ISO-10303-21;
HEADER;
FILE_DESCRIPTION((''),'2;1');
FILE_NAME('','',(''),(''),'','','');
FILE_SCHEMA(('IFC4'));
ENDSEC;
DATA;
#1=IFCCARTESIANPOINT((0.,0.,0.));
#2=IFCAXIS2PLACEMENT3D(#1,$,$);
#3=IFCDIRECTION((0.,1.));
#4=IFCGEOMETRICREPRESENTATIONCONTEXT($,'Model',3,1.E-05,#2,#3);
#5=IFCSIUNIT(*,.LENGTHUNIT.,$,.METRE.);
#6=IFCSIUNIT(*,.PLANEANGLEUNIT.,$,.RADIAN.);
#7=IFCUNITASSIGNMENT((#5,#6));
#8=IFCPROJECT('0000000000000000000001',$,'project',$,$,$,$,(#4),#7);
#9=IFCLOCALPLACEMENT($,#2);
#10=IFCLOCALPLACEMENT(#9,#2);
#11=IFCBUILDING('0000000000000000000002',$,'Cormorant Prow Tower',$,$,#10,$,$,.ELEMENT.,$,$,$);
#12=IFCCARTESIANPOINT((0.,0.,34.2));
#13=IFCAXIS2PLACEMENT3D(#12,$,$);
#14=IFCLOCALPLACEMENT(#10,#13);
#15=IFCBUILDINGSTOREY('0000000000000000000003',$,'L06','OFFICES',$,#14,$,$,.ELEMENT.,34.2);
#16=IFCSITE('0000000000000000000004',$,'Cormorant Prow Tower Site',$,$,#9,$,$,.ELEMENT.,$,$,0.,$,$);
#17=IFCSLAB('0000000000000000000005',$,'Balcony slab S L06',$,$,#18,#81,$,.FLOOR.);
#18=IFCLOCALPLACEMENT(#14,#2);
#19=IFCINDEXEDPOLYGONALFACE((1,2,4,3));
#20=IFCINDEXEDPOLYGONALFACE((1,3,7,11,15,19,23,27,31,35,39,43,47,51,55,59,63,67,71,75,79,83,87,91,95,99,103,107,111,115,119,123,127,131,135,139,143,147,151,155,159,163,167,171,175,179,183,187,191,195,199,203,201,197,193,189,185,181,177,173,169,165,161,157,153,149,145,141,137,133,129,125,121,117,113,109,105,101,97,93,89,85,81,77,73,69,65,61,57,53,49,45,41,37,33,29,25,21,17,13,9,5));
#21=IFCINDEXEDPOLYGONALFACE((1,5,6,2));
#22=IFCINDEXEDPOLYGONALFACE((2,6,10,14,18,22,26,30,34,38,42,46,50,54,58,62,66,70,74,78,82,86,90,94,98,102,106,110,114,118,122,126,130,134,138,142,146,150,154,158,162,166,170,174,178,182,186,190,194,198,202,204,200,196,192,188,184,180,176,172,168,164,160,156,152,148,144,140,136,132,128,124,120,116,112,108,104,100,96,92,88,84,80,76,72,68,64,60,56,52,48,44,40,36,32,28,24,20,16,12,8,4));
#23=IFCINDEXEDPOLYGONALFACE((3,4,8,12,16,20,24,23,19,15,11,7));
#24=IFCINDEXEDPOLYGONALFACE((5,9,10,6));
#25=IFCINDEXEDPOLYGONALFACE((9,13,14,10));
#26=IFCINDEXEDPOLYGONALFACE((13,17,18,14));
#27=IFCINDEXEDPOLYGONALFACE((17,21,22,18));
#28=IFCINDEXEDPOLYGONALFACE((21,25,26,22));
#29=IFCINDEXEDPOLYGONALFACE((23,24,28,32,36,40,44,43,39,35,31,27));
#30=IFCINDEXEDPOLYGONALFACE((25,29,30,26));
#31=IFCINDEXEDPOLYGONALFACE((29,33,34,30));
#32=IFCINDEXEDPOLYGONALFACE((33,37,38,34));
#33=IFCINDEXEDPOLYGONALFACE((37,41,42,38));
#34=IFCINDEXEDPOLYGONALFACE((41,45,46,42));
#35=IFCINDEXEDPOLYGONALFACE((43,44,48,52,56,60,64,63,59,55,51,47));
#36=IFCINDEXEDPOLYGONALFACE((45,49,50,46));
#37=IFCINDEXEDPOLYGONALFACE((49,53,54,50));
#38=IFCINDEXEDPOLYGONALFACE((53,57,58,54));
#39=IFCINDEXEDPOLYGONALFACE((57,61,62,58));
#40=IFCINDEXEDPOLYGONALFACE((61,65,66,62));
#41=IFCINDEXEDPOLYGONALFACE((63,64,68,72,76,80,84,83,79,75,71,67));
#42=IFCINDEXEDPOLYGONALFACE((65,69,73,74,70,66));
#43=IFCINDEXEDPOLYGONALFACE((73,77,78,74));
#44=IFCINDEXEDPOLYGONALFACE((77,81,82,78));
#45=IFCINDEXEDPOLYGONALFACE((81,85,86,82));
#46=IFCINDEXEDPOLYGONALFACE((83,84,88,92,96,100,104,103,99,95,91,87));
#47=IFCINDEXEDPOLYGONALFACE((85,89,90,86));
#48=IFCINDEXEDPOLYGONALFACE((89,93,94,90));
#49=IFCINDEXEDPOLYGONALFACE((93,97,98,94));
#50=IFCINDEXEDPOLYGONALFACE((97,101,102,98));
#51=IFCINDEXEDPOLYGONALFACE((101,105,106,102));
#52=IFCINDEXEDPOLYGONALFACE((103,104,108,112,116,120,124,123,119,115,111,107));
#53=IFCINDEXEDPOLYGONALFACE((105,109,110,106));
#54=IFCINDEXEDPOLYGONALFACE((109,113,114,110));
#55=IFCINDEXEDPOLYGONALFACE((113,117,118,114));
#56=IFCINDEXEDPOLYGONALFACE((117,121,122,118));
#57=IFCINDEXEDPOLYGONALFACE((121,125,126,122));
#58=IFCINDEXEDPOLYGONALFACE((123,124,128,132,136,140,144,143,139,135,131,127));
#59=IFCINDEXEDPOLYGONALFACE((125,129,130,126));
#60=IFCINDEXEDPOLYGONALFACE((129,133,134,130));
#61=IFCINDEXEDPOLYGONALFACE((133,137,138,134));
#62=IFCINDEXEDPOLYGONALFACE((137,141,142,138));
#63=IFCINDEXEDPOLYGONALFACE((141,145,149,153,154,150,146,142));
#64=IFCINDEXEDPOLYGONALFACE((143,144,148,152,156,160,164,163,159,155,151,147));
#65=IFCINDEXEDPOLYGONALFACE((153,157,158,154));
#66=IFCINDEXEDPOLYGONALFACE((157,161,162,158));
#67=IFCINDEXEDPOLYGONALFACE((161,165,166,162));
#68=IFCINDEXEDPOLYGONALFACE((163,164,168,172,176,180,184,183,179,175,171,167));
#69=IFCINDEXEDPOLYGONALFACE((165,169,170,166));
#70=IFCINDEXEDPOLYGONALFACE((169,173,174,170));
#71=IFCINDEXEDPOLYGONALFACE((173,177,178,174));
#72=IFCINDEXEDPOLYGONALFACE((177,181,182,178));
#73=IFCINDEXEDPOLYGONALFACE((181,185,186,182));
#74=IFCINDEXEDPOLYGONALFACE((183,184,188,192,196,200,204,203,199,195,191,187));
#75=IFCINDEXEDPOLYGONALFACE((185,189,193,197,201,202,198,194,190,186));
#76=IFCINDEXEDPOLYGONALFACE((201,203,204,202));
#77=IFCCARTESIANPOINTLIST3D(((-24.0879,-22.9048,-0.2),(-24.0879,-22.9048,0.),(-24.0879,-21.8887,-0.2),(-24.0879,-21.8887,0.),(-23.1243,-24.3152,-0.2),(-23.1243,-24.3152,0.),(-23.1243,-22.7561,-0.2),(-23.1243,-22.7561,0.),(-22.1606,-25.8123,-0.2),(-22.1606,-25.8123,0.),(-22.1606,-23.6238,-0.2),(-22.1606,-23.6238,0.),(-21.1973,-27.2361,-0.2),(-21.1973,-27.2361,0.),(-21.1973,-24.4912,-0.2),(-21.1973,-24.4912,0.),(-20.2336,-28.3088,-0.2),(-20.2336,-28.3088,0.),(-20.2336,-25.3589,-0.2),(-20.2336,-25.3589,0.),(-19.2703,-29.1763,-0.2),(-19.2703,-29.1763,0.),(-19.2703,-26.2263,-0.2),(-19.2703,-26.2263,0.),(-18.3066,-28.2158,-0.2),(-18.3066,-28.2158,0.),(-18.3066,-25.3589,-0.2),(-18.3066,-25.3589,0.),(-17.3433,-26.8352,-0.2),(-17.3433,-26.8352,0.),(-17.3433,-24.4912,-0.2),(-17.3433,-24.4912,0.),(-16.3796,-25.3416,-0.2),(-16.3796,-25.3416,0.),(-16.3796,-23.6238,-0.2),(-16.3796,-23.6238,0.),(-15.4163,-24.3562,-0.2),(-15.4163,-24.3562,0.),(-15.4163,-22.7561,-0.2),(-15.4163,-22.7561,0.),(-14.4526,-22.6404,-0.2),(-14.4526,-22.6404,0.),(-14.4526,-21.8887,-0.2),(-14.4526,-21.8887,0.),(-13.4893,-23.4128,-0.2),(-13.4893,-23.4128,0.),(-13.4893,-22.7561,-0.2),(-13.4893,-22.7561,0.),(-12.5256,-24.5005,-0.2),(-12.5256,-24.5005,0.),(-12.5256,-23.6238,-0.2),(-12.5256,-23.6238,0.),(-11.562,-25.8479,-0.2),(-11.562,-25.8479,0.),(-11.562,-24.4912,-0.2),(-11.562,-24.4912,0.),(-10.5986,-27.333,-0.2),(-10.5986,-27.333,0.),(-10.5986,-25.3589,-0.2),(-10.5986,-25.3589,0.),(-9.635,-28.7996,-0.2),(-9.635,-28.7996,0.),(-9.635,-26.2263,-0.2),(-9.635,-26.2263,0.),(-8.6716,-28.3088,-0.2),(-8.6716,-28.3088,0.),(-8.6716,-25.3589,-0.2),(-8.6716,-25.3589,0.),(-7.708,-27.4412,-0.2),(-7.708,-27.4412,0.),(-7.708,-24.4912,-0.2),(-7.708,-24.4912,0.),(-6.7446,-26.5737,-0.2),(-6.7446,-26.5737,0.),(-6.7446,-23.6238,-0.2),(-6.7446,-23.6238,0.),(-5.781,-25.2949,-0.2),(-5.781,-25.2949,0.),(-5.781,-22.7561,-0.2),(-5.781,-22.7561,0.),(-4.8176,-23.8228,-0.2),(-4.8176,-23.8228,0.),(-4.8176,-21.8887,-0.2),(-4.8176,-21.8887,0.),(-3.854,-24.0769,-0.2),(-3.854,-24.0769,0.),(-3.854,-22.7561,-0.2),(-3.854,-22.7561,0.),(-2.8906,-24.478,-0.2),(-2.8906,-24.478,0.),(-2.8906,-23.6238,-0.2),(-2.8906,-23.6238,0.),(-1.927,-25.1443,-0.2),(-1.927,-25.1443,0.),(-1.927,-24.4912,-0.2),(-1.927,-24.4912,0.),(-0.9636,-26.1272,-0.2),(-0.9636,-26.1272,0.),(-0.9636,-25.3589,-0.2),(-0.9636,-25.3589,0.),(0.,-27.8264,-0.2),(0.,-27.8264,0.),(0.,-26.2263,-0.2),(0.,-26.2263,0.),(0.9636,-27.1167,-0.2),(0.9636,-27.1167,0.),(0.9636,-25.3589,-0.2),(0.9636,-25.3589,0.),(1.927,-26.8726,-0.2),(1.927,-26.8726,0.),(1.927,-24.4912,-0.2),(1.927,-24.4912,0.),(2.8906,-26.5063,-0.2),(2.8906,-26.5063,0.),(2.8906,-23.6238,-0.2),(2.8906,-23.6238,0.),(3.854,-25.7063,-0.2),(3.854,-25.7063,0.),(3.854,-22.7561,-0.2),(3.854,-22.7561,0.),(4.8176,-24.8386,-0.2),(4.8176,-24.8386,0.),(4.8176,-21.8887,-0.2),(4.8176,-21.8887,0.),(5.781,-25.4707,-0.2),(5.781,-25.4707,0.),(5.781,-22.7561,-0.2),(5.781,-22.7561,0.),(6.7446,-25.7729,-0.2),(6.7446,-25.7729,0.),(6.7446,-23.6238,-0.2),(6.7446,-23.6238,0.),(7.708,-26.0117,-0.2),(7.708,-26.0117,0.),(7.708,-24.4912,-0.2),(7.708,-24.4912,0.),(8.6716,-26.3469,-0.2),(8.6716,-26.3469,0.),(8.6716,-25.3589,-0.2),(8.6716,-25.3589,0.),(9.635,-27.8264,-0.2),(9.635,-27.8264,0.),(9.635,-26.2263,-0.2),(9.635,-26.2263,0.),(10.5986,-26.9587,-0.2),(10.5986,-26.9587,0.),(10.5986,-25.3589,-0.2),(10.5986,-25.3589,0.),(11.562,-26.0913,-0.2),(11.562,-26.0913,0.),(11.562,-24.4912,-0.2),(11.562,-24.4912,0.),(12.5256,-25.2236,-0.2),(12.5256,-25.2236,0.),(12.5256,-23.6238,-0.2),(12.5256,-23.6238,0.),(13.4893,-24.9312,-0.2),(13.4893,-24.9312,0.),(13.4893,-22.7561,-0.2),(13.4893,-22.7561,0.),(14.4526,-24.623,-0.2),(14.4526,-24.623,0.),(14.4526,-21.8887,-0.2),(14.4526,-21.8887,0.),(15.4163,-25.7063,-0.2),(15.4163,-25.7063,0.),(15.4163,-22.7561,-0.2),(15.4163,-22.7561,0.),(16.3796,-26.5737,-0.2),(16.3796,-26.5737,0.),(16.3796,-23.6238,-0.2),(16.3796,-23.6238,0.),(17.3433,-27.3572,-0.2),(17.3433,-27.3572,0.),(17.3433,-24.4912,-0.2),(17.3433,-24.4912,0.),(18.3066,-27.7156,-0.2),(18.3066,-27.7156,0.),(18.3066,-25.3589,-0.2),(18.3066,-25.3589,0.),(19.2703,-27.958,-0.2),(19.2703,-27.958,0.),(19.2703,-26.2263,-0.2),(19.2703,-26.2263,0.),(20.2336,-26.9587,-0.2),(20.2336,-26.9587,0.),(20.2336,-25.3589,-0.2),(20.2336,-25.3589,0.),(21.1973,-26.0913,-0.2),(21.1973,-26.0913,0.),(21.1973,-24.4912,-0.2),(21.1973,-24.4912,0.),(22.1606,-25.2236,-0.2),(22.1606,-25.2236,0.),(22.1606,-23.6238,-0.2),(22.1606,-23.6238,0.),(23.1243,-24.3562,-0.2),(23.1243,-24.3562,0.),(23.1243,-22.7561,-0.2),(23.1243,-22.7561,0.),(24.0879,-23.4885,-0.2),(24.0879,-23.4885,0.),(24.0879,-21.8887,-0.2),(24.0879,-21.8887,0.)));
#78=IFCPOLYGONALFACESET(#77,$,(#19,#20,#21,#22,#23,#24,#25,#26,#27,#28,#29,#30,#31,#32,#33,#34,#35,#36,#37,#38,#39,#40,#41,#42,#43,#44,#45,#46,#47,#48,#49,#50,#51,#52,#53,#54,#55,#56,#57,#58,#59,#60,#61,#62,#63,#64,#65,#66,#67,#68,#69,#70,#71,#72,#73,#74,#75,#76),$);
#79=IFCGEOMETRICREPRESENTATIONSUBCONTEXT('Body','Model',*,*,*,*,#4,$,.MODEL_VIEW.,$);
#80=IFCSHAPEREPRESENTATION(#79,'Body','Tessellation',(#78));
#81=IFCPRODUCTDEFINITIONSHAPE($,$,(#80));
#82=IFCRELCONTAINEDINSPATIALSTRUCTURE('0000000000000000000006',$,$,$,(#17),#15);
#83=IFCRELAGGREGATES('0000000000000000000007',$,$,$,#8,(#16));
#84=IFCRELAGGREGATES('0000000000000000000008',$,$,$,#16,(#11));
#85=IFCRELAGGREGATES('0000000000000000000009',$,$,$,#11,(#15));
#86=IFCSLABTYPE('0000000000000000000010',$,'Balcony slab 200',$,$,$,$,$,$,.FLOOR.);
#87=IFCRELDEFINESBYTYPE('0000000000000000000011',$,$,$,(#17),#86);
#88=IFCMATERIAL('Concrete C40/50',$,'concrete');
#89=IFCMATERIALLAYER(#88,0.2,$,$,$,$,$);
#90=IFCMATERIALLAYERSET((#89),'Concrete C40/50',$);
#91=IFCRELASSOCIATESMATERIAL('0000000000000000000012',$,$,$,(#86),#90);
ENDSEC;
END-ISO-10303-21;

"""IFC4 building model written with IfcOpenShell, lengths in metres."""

from ifc_helpers import new_model, si_unit, direction, frame, origin, place, context, subcontext, project, spatial, polyline, outline, extrude, material, layer, layer_set, type_object, element, save


model = new_model("IFC4")

# Units and contexts
model_context = context("Model", 3, precision=1e-05, world=origin(), true_north=direction((0.0, 1.0)))
body_context = subcontext(model_context, "Body", "Model", "MODEL_VIEW")
ifc_project = project(units=[si_unit("LENGTHUNIT", "METRE"), si_unit("PLANEANGLEUNIT", "RADIAN")], contexts=[model_context])

# Site, building, storey
site_placement = place(None, origin())
site = spatial("IfcSite", under=ifc_project, at=site_placement, Name="Cormorant Prow Tower Site", CompositionType="ELEMENT", RefElevation=0.0)
building_placement = place(site_placement, origin())
building = spatial("IfcBuilding", under=site, at=building_placement, Name="Cormorant Prow Tower", CompositionType="ELEMENT")
storey_placement = place(building_placement, frame((0.0, 0.0, 34.2)))
storey = spatial("IfcBuildingStorey", under=building, at=storey_placement, Name="L06", Description="OFFICES", CompositionType="ELEMENT", Elevation=34.2)

# Slab
ifc_material_1 = material(Name="Concrete C40/50", Category="concrete")
ifc_layer_1 = layer(ifc_material_1, 0.2)
ifc_layer_set_1 = layer_set([ifc_layer_1], Name="Concrete C40/50")
slab_type_1 = type_object("IfcSlabType", Name="Balcony slab 200", PredefinedType="FLOOR", material=ifc_layer_set_1)
slab_1_placement = place(storey_placement, frame((0.0, 0.0, -0.2)))
element("IfcSlab", 1, at=slab_1_placement, inside=storey, type_object=slab_type_1, Name="Balcony slab S L06", PredefinedType="FLOOR", context=body_context, shape_type="SweptSolid", body=[
    extrude(outline(polyline([(-24.0879, -21.8887), (-24.0879, -22.9048), (-23.1243, -24.3152), (-22.1606, -25.8123), (-21.1973, -27.2361), (-20.2336, -28.3088), (-19.2703, -29.1763), (-18.3066, -28.2158), (-17.3433, -26.8352), (-16.3796, -25.3416), (-15.4163, -24.3562), (-14.4526, -22.6404), (-13.4893, -23.4128), (-12.5256, -24.5005), (-11.562, -25.8479), (-10.5986, -27.333), (-9.635, -28.7996), (-8.6716, -28.3088), (-7.708, -27.4412), (-6.7446, -26.5737), (-5.781, -25.2949), (-4.8176, -23.8228), (-3.854, -24.0769), (-2.8906, -24.478), (-1.927, -25.1443), (-0.9636, -26.1272), (0.0, -27.8264), (0.9636, -27.1167), (1.927, -26.8726), (2.8906, -26.5063), (3.854, -25.7063), (4.8176, -24.8386), (5.781, -25.4707), (6.7446, -25.7729), (7.708, -26.0117), (8.6716, -26.3469), (9.635, -27.8264), (10.5986, -26.9587), (11.562, -26.0913), (12.5256, -25.2236), (13.4893, -24.9312), (14.4526, -24.623), (15.4163, -25.7063), (16.3796, -26.5737), (17.3433, -27.3572), (18.3066, -27.7156), (19.2703, -27.958), (20.2336, -26.9587), (21.1973, -26.0913), (22.1606, -25.2236), (23.1243, -24.3562), (24.0879, -23.4885), (24.0879, -21.8887), (23.1243, -22.7561), (22.1606, -23.6238), (21.1973, -24.4912), (20.2336, -25.3589), (19.2703, -26.2263), (18.3066, -25.3589), (17.3433, -24.4912), (16.3796, -23.6238), (15.4163, -22.7561), (14.4526, -21.8887), (13.4893, -22.7561), (12.5256, -23.6238), (11.562, -24.4912), (10.5986, -25.3589), (9.635, -26.2263), (8.6716, -25.3589), (7.708, -24.4912), (6.7446, -23.6238), (5.781, -22.7561), (4.8176, -21.8887), (3.854, -22.7561), (2.8906, -23.6238), (1.927, -24.4912), (0.9636, -25.3589), (0.0, -26.2263), (-0.9636, -25.3589), (-1.927, -24.4912), (-2.8906, -23.6238), (-3.854, -22.7561), (-4.8176, -21.8887), (-5.781, -22.7561), (-6.7446, -23.6238), (-7.708, -24.4912), (-8.6716, -25.3589), (-9.635, -26.2263), (-10.5986, -25.3589), (-11.562, -24.4912), (-12.5256, -23.6238), (-13.4893, -22.7561), (-14.4526, -21.8887), (-15.4163, -22.7561), (-16.3796, -23.6238), (-17.3433, -24.4912), (-18.3066, -25.3589), (-19.2703, -26.2263), (-20.2336, -25.3589), (-21.1973, -24.4912), (-22.1606, -23.6238), (-23.1243, -22.7561), (-24.0879, -21.8887)])), origin(), (0.0, 0.0, 1.0), 0.2),
])

save(model, "model.ifc")
